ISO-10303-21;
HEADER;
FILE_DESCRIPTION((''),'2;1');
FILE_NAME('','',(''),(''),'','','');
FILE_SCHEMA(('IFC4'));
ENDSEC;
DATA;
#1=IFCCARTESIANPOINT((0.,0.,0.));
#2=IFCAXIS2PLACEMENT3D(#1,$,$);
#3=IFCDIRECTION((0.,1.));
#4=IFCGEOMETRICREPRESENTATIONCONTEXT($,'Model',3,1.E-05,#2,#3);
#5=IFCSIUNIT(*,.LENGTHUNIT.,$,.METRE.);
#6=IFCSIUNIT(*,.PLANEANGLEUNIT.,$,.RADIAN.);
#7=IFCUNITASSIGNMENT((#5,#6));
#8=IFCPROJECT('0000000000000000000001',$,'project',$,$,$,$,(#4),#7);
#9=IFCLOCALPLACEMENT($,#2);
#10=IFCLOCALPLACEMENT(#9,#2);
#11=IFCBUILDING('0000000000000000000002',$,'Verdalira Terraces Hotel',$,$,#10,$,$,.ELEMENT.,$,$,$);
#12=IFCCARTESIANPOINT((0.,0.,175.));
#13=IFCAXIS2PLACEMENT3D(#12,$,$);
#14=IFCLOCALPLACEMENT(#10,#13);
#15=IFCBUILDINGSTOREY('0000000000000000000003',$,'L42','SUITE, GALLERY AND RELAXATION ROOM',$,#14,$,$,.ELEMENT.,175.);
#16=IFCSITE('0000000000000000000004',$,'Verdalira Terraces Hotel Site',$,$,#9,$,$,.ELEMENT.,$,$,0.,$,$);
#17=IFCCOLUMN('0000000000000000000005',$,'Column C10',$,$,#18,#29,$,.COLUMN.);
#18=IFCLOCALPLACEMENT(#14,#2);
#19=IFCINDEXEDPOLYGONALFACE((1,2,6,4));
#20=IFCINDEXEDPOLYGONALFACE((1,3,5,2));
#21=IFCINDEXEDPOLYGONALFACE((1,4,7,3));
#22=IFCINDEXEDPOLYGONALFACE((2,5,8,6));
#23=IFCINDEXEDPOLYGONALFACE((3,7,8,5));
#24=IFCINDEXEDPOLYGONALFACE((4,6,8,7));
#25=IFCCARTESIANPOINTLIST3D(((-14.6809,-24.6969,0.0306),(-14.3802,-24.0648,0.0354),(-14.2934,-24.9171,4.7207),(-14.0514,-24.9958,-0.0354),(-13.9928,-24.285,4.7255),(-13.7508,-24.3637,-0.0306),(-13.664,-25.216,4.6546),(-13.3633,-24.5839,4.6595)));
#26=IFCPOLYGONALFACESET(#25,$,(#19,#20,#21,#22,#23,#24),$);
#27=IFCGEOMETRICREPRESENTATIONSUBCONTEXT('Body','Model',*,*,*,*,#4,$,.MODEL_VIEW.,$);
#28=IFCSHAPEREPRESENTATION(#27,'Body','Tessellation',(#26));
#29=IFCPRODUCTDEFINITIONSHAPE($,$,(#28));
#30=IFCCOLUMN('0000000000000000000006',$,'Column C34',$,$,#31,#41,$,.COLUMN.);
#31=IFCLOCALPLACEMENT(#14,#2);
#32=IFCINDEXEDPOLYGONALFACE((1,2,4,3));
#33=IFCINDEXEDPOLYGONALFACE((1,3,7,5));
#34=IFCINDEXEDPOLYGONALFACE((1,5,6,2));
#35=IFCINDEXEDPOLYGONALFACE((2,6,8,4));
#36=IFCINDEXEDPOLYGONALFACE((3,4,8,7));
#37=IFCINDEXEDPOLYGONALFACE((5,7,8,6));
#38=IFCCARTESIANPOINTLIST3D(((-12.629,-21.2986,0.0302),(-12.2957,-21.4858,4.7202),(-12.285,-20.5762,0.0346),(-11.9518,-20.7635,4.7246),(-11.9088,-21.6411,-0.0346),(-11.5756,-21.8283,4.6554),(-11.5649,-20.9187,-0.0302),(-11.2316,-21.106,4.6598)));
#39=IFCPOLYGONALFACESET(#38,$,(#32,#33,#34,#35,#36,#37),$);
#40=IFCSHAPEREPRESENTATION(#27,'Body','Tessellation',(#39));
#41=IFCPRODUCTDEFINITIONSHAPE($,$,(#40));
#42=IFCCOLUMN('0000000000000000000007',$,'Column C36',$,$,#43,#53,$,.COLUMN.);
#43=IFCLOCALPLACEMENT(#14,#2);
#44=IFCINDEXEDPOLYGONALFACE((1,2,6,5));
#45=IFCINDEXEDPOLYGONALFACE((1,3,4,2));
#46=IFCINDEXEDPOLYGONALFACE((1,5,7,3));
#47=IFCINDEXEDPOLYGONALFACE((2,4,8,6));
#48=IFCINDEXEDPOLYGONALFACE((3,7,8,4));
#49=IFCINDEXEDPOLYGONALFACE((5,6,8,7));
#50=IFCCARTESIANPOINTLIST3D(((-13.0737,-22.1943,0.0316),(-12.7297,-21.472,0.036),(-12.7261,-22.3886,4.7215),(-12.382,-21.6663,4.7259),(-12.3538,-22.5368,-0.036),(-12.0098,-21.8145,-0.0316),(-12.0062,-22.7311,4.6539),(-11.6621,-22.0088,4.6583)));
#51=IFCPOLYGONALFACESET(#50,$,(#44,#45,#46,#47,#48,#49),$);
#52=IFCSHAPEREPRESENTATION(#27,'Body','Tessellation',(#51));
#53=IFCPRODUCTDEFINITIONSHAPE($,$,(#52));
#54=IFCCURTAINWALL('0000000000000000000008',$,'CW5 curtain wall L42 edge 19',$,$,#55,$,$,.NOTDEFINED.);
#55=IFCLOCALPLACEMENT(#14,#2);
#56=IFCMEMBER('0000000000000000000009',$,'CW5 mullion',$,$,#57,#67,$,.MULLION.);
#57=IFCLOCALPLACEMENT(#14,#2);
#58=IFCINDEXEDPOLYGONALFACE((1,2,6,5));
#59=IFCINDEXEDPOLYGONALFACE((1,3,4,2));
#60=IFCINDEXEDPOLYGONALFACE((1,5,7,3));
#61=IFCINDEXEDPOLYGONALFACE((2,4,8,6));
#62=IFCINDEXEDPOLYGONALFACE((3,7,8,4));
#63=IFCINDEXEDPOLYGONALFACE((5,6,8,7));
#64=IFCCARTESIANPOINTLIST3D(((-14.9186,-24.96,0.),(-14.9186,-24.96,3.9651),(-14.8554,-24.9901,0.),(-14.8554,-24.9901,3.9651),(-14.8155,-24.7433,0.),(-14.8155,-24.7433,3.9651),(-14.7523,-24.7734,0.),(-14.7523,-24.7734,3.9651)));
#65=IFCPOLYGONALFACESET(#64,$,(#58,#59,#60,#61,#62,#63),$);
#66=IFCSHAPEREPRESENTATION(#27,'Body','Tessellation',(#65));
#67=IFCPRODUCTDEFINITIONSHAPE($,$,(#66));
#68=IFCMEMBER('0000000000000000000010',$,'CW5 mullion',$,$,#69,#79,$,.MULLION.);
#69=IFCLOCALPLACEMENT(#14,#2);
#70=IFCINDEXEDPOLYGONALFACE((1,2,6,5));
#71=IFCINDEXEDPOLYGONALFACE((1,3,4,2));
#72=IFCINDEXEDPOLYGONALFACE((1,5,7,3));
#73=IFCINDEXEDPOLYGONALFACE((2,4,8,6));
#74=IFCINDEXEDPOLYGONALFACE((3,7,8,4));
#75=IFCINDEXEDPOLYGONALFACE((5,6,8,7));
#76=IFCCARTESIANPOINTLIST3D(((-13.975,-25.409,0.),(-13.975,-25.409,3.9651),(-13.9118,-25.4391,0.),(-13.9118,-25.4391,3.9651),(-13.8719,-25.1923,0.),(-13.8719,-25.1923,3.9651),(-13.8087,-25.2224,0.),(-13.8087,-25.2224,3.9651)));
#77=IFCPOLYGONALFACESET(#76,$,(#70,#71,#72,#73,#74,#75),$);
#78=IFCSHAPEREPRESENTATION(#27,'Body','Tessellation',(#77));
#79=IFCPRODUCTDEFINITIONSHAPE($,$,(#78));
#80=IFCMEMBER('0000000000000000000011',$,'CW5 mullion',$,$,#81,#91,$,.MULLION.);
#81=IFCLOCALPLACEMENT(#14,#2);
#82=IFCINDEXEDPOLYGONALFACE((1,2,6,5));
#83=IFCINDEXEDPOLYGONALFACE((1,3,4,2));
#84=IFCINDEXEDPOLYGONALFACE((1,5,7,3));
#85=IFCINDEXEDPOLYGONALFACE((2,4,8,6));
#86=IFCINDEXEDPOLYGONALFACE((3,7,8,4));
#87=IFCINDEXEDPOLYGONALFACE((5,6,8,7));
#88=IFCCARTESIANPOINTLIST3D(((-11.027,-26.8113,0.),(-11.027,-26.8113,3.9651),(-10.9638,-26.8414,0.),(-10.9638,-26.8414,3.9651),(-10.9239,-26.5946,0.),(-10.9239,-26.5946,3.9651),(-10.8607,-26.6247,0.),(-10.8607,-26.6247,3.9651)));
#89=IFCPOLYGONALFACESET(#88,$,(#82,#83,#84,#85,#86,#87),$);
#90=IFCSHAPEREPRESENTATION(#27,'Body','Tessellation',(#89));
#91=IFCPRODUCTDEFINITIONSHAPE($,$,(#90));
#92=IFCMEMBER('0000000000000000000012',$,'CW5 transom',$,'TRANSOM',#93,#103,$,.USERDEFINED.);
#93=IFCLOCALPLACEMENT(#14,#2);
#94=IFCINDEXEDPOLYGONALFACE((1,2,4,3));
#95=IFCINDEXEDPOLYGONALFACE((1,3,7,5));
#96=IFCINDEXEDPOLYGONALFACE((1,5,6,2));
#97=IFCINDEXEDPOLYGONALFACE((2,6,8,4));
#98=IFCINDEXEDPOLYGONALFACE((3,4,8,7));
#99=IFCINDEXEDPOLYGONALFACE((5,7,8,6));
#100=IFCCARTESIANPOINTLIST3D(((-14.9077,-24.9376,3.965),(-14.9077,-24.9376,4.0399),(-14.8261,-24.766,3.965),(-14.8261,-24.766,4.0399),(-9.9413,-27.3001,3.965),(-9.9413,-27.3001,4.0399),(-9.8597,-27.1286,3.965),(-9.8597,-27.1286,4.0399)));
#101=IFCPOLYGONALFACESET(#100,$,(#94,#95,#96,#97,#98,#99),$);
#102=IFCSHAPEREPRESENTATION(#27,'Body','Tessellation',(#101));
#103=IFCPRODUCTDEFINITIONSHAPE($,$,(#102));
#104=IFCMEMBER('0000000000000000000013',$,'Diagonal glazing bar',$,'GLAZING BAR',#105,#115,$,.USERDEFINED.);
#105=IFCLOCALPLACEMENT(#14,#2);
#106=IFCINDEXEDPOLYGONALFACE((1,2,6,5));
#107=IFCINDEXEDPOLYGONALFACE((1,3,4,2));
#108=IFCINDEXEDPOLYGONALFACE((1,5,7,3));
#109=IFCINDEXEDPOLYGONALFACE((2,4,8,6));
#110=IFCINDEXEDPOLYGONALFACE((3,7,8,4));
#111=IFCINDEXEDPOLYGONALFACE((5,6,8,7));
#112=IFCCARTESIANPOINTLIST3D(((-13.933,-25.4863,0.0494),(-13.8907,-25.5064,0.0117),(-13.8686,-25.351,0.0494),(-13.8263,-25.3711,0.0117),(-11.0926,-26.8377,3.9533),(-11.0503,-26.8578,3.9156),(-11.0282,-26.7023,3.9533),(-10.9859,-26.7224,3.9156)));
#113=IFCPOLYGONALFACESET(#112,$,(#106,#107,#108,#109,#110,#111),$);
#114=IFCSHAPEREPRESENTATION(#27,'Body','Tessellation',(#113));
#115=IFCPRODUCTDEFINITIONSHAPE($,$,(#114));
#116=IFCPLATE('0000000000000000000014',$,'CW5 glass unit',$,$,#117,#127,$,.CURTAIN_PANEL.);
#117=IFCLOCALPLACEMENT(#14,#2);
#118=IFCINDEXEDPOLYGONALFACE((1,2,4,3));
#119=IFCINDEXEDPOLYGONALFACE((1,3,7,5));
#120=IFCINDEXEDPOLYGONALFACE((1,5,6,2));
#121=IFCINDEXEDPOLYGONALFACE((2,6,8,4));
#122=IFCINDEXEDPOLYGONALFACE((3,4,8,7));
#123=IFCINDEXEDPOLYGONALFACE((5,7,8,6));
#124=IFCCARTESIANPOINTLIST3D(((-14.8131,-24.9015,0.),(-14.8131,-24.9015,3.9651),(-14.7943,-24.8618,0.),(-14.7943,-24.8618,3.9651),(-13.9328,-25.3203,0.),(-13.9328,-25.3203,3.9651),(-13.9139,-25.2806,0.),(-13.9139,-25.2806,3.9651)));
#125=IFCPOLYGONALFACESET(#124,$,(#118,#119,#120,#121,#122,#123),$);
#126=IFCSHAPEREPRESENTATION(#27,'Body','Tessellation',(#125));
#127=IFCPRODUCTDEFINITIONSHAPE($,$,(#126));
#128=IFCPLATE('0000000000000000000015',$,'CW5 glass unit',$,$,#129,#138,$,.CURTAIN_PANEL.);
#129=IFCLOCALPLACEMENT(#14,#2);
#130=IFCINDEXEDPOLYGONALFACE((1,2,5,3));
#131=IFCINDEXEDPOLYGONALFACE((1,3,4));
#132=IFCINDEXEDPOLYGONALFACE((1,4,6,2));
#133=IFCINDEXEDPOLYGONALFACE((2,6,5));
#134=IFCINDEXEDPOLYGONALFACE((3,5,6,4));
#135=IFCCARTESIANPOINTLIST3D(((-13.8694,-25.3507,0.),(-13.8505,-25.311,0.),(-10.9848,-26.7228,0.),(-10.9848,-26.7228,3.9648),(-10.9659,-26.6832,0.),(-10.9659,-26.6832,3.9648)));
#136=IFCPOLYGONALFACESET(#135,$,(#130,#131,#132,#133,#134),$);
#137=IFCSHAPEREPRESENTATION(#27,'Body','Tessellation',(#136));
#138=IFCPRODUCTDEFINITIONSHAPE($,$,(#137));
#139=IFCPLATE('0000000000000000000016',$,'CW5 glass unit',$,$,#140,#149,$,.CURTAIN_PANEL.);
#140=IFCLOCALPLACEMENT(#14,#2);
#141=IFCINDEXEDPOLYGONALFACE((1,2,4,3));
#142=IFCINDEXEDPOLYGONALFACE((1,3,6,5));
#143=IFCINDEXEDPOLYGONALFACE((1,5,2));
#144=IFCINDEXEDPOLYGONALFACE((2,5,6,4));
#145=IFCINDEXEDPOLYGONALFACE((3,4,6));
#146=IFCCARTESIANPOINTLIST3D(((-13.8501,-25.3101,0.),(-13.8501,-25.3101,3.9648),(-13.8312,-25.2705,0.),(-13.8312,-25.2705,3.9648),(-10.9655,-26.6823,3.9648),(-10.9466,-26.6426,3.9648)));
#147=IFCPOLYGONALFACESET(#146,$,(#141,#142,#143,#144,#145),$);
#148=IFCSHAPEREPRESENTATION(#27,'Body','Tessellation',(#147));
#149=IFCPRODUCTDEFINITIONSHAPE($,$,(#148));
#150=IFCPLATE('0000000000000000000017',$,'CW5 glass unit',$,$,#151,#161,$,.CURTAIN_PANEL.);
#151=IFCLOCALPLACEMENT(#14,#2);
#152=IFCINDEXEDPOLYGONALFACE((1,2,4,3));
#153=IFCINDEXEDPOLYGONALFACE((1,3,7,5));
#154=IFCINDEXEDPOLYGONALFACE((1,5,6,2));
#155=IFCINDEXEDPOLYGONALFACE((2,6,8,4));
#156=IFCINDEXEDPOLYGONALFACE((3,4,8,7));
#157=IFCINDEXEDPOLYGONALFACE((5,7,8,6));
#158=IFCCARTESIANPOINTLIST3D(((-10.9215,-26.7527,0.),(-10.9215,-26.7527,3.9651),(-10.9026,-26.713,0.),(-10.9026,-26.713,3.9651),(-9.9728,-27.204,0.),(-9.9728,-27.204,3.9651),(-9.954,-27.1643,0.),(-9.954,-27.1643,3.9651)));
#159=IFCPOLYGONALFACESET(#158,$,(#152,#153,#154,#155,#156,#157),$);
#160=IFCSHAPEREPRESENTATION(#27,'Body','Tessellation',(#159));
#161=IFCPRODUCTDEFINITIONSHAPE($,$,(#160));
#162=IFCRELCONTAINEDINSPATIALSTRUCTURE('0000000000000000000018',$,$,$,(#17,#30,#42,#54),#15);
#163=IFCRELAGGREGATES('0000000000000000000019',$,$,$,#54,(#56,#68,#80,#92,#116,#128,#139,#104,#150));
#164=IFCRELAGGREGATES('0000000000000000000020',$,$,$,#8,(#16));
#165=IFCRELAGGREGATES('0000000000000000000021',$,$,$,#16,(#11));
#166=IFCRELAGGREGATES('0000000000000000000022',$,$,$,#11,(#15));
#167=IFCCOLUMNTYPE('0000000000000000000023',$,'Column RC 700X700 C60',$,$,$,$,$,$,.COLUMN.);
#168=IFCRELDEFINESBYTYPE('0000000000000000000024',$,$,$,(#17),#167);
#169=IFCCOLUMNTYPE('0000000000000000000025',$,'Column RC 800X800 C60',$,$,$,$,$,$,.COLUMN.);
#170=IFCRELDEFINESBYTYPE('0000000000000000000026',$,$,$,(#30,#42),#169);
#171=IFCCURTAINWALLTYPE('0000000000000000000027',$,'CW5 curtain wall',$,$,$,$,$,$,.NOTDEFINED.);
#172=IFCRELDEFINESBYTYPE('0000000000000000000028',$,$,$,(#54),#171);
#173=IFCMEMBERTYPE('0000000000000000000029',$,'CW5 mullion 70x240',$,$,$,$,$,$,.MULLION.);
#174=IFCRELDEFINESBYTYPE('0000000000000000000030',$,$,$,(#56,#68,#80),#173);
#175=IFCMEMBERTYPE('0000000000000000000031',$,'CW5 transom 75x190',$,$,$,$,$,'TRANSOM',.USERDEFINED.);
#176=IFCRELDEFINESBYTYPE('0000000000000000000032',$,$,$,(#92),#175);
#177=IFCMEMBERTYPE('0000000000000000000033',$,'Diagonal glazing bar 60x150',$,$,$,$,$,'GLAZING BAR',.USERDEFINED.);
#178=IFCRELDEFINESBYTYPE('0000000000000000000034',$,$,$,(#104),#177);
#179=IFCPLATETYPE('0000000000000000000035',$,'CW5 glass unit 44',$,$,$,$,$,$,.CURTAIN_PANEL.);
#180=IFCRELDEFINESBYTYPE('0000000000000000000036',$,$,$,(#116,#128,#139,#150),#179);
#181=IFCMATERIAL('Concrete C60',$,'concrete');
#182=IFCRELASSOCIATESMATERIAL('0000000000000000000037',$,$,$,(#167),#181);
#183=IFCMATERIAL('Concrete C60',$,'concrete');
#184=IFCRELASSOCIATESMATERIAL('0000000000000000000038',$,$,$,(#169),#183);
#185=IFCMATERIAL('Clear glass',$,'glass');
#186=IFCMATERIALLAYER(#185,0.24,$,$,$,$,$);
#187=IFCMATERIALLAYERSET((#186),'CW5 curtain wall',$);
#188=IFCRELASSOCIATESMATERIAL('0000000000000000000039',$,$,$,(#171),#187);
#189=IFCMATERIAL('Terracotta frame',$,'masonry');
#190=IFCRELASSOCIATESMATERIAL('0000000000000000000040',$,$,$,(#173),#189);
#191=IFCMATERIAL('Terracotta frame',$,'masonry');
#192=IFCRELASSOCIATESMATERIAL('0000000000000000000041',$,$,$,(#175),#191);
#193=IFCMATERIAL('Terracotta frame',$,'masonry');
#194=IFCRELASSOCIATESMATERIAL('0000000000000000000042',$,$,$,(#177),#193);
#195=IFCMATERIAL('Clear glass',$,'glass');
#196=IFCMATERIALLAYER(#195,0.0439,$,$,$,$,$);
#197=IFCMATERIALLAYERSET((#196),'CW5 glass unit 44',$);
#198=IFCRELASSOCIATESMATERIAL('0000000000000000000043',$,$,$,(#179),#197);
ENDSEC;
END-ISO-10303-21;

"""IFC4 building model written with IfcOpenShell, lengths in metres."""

from ifc_helpers import new_model, si_unit, direction, frame, origin, origin_2d, place, context, subcontext, project, spatial, polyline, rectangle, outline, extrude, material, layer, layer_set, material_profile, profile_set, type_object, element, aggregate, save


model = new_model("IFC4")

# Units and contexts
model_context = context("Model", 3, precision=1e-05, world=origin(), true_north=direction((0.0, 1.0)))
body_context = subcontext(model_context, "Body", "Model", "MODEL_VIEW")
ifc_project = project(units=[si_unit("LENGTHUNIT", "METRE"), si_unit("PLANEANGLEUNIT", "RADIAN")], contexts=[model_context])

# Site, building, storey
site_placement = place(None, origin())
site = spatial("IfcSite", under=ifc_project, at=site_placement, Name="Verdalira Terraces Hotel Site", CompositionType="ELEMENT", RefElevation=0.0)
building_placement = place(site_placement, origin())
building = spatial("IfcBuilding", under=site, at=building_placement, Name="Verdalira Terraces Hotel", CompositionType="ELEMENT")
storey_placement = place(building_placement, frame((0.0, 0.0, 175.0)))
storey = spatial("IfcBuildingStorey", under=building, at=storey_placement, Name="L42", Description="SUITE, GALLERY AND RELAXATION ROOM", CompositionType="ELEMENT", Elevation=175.0)

# Columns
ifc_material_1 = material(Name="Concrete C60", Category="concrete")
ifc_material_profile_1 = material_profile(ifc_material_1, rectangle(XDim=0.7, YDim=0.7, at=origin_2d()), Name="RC 700X700")
ifc_profile_set_1 = profile_set([ifc_material_profile_1], Name="Concrete C60")
column_type_1 = type_object("IfcColumnType", Name="Column RC 700X700 C60", PredefinedType="COLUMN", material=ifc_profile_set_1)
column_1_placement = place(storey_placement, frame((-14.2158, -24.5303, 0.0), z_axis=(0.082243, -0.046744, 0.995516), x_axis=(0.899293, -0.42705, -0.094345)))
element("IfcColumn", 1, at=column_1_placement, inside=storey, type_object=column_type_1, Name="Column C10", PredefinedType="COLUMN", context=body_context, shape_type="SweptSolid", body=[
    extrude(rectangle(XDim=0.7, YDim=0.7, at=origin_2d()), origin(), (0.0, 0.0, 1.0), 4.7112),
])
ifc_material_2 = material(Name="Concrete C60", Category="concrete")
ifc_material_profile_2 = material_profile(ifc_material_2, rectangle(XDim=0.8, YDim=0.8, at=origin_2d()), Name="RC 800X800")
ifc_profile_set_2 = profile_set([ifc_material_profile_2], Name="Concrete C60")
column_type_2 = type_object("IfcColumnType", Name="Column RC 800X800 C60", PredefinedType="COLUMN", material=ifc_profile_set_2)
column_2_placement = place(storey_placement, frame((-12.0969, -21.1086, 0.0), z_axis=(0.070822, -0.039795, 0.996695), x_axis=(-0.429895, -0.902862, -0.005502)))
element("IfcColumn", 2, at=column_2_placement, inside=storey, type_object=column_type_2, Name="Column C34", PredefinedType="COLUMN", context=body_context, shape_type="SweptSolid", body=[
    extrude(rectangle(XDim=0.8, YDim=0.8, at=origin_2d()), origin(), (0.0, 0.0, 1.0), 4.7056),
])
column_3_placement = place(storey_placement, frame((-12.5417, -22.0044, 0.0), z_axis=(0.073862, -0.041288, 0.996413), x_axis=(-0.430035, -0.902795, -0.005531)))
element("IfcColumn", 3, at=column_3_placement, inside=storey, type_object=column_type_2, Name="Column C36", PredefinedType="COLUMN", context=body_context, shape_type="SweptSolid", body=[
    extrude(rectangle(XDim=0.8, YDim=0.8, at=origin_2d()), origin(), (0.0, 0.0, 1.0), 4.7068),
])

# Curtain wall, members, plates
ifc_material_3 = material(Name="Clear glass", Category="glass")
ifc_layer_1 = layer(ifc_material_3, 0.24)
ifc_layer_set_1 = layer_set([ifc_layer_1], Name="CW5 curtain wall")
curtain_wall_type = type_object("IfcCurtainWallType", Name="CW5 curtain wall", PredefinedType="NOTDEFINED", material=ifc_layer_set_1)
curtain_wall_placement = place(storey_placement, origin())
curtain_wall = element("IfcCurtainWall", 4, at=curtain_wall_placement, inside=storey, type_object=curtain_wall_type, Name="CW5 curtain wall L42 edge 19", PredefinedType="NOTDEFINED")
ifc_material_4 = material(Name="Terracotta frame", Category="masonry")
ifc_material_profile_3 = material_profile(ifc_material_4, rectangle(XDim=0.0701, YDim=0.24, at=origin_2d()), Name="MU 70x240")
ifc_profile_set_3 = profile_set([ifc_material_profile_3], Name="Terracotta frame")
member_type_1 = type_object("IfcMemberType", Name="CW5 mullion 70x240", PredefinedType="MULLION", material=ifc_profile_set_3)
member_1_placement = place(storey_placement, frame((-14.8354, -24.8667, 0.0), z_axis=(0.0, 0.0, 1.0), x_axis=(0.903036, -0.429566, 0.0)))
member_1 = element("IfcMember", 5, at=member_1_placement, type_object=member_type_1, Name="CW5 mullion", PredefinedType="MULLION", context=body_context, shape_type="SweptSolid", body=[
    extrude(rectangle(XDim=0.0701, YDim=0.24, at=origin_2d()), origin(), (0.0, 0.0, 1.0), 3.9651),
])
member_2_placement = place(storey_placement, frame((-13.8918, -25.3157, 0.0), z_axis=(0.0, 0.0, 1.0), x_axis=(0.903036, -0.429566, 0.0)))
member_2 = element("IfcMember", 6, at=member_2_placement, type_object=member_type_1, Name="CW5 mullion", PredefinedType="MULLION", context=body_context, shape_type="SweptSolid", body=[
    extrude(rectangle(XDim=0.0701, YDim=0.24, at=origin_2d()), origin(), (0.0, 0.0, 1.0), 3.9651),
])
member_3_placement = place(storey_placement, frame((-10.9438, -26.718, 0.0), z_axis=(0.0, 0.0, 1.0), x_axis=(0.903036, -0.429566, 0.0)))
member_3 = element("IfcMember", 7, at=member_3_placement, type_object=member_type_1, Name="CW5 mullion", PredefinedType="MULLION", context=body_context, shape_type="SweptSolid", body=[
    extrude(rectangle(XDim=0.0701, YDim=0.24, at=origin_2d()), origin(), (0.0, 0.0, 1.0), 3.9651),
])
ifc_material_5 = material(Name="Terracotta frame", Category="masonry")
ifc_material_profile_4 = material_profile(ifc_material_5, rectangle(XDim=0.1899, YDim=0.075, at=origin_2d()), Name="TR 75x190")
ifc_profile_set_4 = profile_set([ifc_material_profile_4], Name="Terracotta frame")
member_type_2 = type_object("IfcMemberType", Name="CW5 transom 75x190", ElementType="TRANSOM", PredefinedType="USERDEFINED", material=ifc_profile_set_4)
member_4_placement = place(storey_placement, frame((-14.8669, -24.8518, 4.0024), z_axis=(0.903035, -0.429567, 0.0), x_axis=(0.429567, 0.903035, 0.0)))
member_4 = element("IfcMember", 8, at=member_4_placement, type_object=member_type_2, Name="CW5 transom", ObjectType="TRANSOM", PredefinedType="USERDEFINED", context=body_context, shape_type="SweptSolid", body=[
    extrude(rectangle(XDim=0.1899, YDim=0.075, at=origin_2d()), origin(), (0.0, 0.0, 1.0), 5.4998),
])
ifc_material_6 = material(Name="Terracotta frame", Category="masonry")
ifc_material_profile_5 = material_profile(ifc_material_6, rectangle(XDim=0.1499, YDim=0.0601, at=origin_2d()), Name="GB 60x150")
ifc_profile_set_5 = profile_set([ifc_material_profile_5], Name="Terracotta frame")
member_type_3 = type_object("IfcMemberType", Name="Diagonal glazing bar 60x150", ElementType="GLAZING BAR", PredefinedType="USERDEFINED", material=ifc_profile_set_5)
member_5_placement = place(storey_placement, frame((-13.8796, -25.4287, 0.0305), z_axis=(0.566558, -0.269546, 0.778689), x_axis=(0.429617, 0.903011, 0.0)))
member_5 = element("IfcMember", 9, at=member_5_placement, type_object=member_type_3, Name="Diagonal glazing bar", ObjectType="GLAZING BAR", PredefinedType="USERDEFINED", context=body_context, shape_type="SweptSolid", body=[
    extrude(rectangle(XDim=0.1499, YDim=0.0601, at=origin_2d()), origin(), (0.0, 0.0, 1.0), 5.0134),
])
ifc_material_7 = material(Name="Clear glass", Category="glass")
ifc_layer_2 = layer(ifc_material_7, 0.0439)
ifc_layer_set_2 = layer_set([ifc_layer_2], Name="CW5 glass unit 44")
plate_type = type_object("IfcPlateType", Name="CW5 glass unit 44", PredefinedType="CURTAIN_PANEL", material=ifc_layer_set_2)
plate_1_placement = place(storey_placement, frame((-14.3635, -25.0911, 0.0), z_axis=(0.0, 0.0, 1.0), x_axis=(0.903036, -0.429566, 0.0)))
plate_1 = element("IfcPlate", 10, at=plate_1_placement, type_object=plate_type, Name="CW5 glass unit", PredefinedType="CURTAIN_PANEL", context=body_context, shape_type="SweptSolid", body=[
    extrude(rectangle(XDim=0.9749, YDim=0.0439, at=origin_2d()), origin(), (0.0, 0.0, 1.0), 3.9651),
])
plate_2_placement = place(storey_placement, frame((-12.4082, -25.9971, 1.9824), z_axis=(-0.429566, -0.903036, 0.0), x_axis=(0.903036, -0.429566, 0.0)))
plate_2 = element("IfcPlate", 11, at=plate_2_placement, type_object=plate_type, Name="CW5 glass unit", PredefinedType="CURTAIN_PANEL", context=body_context, shape_type="SweptSolid", body=[
    extrude(outline(polyline([(-1.5972, -1.9824), (1.5972, -1.9824), (1.5972, 1.9824), (-1.5972, -1.9824)])), origin(), (0.0, 0.0, 1.0), 0.0439),
])
plate_3_placement = place(storey_placement, frame((-12.3889, -25.9565, 1.9824), z_axis=(-0.429566, -0.903036, 0.0), x_axis=(0.903036, -0.429566, 0.0)))
plate_3 = element("IfcPlate", 12, at=plate_3_placement, type_object=plate_type, Name="CW5 glass unit", PredefinedType="CURTAIN_PANEL", context=body_context, shape_type="SweptSolid", body=[
    extrude(outline(polyline([(-1.5972, -1.9824), (1.5972, 1.9824), (-1.5972, 1.9824), (-1.5972, -1.9824)])), origin(), (0.0, 0.0, 1.0), 0.0439),
])
plate_4_placement = place(storey_placement, frame((-10.4377, -26.9585, 0.0), z_axis=(0.0, 0.0, 1.0), x_axis=(0.903036, -0.429566, 0.0)))
plate_4 = element("IfcPlate", 13, at=plate_4_placement, type_object=plate_type, Name="CW5 glass unit", PredefinedType="CURTAIN_PANEL", context=body_context, shape_type="SweptSolid", body=[
    extrude(rectangle(XDim=1.0505, YDim=0.0439, at=origin_2d()), origin(), (0.0, 0.0, 1.0), 3.9651),
])
aggregate(curtain_wall, [member_1, member_2, member_3, member_4, plate_1, plate_2, plate_3, member_5, plate_4])

save(model, "model.ifc")
